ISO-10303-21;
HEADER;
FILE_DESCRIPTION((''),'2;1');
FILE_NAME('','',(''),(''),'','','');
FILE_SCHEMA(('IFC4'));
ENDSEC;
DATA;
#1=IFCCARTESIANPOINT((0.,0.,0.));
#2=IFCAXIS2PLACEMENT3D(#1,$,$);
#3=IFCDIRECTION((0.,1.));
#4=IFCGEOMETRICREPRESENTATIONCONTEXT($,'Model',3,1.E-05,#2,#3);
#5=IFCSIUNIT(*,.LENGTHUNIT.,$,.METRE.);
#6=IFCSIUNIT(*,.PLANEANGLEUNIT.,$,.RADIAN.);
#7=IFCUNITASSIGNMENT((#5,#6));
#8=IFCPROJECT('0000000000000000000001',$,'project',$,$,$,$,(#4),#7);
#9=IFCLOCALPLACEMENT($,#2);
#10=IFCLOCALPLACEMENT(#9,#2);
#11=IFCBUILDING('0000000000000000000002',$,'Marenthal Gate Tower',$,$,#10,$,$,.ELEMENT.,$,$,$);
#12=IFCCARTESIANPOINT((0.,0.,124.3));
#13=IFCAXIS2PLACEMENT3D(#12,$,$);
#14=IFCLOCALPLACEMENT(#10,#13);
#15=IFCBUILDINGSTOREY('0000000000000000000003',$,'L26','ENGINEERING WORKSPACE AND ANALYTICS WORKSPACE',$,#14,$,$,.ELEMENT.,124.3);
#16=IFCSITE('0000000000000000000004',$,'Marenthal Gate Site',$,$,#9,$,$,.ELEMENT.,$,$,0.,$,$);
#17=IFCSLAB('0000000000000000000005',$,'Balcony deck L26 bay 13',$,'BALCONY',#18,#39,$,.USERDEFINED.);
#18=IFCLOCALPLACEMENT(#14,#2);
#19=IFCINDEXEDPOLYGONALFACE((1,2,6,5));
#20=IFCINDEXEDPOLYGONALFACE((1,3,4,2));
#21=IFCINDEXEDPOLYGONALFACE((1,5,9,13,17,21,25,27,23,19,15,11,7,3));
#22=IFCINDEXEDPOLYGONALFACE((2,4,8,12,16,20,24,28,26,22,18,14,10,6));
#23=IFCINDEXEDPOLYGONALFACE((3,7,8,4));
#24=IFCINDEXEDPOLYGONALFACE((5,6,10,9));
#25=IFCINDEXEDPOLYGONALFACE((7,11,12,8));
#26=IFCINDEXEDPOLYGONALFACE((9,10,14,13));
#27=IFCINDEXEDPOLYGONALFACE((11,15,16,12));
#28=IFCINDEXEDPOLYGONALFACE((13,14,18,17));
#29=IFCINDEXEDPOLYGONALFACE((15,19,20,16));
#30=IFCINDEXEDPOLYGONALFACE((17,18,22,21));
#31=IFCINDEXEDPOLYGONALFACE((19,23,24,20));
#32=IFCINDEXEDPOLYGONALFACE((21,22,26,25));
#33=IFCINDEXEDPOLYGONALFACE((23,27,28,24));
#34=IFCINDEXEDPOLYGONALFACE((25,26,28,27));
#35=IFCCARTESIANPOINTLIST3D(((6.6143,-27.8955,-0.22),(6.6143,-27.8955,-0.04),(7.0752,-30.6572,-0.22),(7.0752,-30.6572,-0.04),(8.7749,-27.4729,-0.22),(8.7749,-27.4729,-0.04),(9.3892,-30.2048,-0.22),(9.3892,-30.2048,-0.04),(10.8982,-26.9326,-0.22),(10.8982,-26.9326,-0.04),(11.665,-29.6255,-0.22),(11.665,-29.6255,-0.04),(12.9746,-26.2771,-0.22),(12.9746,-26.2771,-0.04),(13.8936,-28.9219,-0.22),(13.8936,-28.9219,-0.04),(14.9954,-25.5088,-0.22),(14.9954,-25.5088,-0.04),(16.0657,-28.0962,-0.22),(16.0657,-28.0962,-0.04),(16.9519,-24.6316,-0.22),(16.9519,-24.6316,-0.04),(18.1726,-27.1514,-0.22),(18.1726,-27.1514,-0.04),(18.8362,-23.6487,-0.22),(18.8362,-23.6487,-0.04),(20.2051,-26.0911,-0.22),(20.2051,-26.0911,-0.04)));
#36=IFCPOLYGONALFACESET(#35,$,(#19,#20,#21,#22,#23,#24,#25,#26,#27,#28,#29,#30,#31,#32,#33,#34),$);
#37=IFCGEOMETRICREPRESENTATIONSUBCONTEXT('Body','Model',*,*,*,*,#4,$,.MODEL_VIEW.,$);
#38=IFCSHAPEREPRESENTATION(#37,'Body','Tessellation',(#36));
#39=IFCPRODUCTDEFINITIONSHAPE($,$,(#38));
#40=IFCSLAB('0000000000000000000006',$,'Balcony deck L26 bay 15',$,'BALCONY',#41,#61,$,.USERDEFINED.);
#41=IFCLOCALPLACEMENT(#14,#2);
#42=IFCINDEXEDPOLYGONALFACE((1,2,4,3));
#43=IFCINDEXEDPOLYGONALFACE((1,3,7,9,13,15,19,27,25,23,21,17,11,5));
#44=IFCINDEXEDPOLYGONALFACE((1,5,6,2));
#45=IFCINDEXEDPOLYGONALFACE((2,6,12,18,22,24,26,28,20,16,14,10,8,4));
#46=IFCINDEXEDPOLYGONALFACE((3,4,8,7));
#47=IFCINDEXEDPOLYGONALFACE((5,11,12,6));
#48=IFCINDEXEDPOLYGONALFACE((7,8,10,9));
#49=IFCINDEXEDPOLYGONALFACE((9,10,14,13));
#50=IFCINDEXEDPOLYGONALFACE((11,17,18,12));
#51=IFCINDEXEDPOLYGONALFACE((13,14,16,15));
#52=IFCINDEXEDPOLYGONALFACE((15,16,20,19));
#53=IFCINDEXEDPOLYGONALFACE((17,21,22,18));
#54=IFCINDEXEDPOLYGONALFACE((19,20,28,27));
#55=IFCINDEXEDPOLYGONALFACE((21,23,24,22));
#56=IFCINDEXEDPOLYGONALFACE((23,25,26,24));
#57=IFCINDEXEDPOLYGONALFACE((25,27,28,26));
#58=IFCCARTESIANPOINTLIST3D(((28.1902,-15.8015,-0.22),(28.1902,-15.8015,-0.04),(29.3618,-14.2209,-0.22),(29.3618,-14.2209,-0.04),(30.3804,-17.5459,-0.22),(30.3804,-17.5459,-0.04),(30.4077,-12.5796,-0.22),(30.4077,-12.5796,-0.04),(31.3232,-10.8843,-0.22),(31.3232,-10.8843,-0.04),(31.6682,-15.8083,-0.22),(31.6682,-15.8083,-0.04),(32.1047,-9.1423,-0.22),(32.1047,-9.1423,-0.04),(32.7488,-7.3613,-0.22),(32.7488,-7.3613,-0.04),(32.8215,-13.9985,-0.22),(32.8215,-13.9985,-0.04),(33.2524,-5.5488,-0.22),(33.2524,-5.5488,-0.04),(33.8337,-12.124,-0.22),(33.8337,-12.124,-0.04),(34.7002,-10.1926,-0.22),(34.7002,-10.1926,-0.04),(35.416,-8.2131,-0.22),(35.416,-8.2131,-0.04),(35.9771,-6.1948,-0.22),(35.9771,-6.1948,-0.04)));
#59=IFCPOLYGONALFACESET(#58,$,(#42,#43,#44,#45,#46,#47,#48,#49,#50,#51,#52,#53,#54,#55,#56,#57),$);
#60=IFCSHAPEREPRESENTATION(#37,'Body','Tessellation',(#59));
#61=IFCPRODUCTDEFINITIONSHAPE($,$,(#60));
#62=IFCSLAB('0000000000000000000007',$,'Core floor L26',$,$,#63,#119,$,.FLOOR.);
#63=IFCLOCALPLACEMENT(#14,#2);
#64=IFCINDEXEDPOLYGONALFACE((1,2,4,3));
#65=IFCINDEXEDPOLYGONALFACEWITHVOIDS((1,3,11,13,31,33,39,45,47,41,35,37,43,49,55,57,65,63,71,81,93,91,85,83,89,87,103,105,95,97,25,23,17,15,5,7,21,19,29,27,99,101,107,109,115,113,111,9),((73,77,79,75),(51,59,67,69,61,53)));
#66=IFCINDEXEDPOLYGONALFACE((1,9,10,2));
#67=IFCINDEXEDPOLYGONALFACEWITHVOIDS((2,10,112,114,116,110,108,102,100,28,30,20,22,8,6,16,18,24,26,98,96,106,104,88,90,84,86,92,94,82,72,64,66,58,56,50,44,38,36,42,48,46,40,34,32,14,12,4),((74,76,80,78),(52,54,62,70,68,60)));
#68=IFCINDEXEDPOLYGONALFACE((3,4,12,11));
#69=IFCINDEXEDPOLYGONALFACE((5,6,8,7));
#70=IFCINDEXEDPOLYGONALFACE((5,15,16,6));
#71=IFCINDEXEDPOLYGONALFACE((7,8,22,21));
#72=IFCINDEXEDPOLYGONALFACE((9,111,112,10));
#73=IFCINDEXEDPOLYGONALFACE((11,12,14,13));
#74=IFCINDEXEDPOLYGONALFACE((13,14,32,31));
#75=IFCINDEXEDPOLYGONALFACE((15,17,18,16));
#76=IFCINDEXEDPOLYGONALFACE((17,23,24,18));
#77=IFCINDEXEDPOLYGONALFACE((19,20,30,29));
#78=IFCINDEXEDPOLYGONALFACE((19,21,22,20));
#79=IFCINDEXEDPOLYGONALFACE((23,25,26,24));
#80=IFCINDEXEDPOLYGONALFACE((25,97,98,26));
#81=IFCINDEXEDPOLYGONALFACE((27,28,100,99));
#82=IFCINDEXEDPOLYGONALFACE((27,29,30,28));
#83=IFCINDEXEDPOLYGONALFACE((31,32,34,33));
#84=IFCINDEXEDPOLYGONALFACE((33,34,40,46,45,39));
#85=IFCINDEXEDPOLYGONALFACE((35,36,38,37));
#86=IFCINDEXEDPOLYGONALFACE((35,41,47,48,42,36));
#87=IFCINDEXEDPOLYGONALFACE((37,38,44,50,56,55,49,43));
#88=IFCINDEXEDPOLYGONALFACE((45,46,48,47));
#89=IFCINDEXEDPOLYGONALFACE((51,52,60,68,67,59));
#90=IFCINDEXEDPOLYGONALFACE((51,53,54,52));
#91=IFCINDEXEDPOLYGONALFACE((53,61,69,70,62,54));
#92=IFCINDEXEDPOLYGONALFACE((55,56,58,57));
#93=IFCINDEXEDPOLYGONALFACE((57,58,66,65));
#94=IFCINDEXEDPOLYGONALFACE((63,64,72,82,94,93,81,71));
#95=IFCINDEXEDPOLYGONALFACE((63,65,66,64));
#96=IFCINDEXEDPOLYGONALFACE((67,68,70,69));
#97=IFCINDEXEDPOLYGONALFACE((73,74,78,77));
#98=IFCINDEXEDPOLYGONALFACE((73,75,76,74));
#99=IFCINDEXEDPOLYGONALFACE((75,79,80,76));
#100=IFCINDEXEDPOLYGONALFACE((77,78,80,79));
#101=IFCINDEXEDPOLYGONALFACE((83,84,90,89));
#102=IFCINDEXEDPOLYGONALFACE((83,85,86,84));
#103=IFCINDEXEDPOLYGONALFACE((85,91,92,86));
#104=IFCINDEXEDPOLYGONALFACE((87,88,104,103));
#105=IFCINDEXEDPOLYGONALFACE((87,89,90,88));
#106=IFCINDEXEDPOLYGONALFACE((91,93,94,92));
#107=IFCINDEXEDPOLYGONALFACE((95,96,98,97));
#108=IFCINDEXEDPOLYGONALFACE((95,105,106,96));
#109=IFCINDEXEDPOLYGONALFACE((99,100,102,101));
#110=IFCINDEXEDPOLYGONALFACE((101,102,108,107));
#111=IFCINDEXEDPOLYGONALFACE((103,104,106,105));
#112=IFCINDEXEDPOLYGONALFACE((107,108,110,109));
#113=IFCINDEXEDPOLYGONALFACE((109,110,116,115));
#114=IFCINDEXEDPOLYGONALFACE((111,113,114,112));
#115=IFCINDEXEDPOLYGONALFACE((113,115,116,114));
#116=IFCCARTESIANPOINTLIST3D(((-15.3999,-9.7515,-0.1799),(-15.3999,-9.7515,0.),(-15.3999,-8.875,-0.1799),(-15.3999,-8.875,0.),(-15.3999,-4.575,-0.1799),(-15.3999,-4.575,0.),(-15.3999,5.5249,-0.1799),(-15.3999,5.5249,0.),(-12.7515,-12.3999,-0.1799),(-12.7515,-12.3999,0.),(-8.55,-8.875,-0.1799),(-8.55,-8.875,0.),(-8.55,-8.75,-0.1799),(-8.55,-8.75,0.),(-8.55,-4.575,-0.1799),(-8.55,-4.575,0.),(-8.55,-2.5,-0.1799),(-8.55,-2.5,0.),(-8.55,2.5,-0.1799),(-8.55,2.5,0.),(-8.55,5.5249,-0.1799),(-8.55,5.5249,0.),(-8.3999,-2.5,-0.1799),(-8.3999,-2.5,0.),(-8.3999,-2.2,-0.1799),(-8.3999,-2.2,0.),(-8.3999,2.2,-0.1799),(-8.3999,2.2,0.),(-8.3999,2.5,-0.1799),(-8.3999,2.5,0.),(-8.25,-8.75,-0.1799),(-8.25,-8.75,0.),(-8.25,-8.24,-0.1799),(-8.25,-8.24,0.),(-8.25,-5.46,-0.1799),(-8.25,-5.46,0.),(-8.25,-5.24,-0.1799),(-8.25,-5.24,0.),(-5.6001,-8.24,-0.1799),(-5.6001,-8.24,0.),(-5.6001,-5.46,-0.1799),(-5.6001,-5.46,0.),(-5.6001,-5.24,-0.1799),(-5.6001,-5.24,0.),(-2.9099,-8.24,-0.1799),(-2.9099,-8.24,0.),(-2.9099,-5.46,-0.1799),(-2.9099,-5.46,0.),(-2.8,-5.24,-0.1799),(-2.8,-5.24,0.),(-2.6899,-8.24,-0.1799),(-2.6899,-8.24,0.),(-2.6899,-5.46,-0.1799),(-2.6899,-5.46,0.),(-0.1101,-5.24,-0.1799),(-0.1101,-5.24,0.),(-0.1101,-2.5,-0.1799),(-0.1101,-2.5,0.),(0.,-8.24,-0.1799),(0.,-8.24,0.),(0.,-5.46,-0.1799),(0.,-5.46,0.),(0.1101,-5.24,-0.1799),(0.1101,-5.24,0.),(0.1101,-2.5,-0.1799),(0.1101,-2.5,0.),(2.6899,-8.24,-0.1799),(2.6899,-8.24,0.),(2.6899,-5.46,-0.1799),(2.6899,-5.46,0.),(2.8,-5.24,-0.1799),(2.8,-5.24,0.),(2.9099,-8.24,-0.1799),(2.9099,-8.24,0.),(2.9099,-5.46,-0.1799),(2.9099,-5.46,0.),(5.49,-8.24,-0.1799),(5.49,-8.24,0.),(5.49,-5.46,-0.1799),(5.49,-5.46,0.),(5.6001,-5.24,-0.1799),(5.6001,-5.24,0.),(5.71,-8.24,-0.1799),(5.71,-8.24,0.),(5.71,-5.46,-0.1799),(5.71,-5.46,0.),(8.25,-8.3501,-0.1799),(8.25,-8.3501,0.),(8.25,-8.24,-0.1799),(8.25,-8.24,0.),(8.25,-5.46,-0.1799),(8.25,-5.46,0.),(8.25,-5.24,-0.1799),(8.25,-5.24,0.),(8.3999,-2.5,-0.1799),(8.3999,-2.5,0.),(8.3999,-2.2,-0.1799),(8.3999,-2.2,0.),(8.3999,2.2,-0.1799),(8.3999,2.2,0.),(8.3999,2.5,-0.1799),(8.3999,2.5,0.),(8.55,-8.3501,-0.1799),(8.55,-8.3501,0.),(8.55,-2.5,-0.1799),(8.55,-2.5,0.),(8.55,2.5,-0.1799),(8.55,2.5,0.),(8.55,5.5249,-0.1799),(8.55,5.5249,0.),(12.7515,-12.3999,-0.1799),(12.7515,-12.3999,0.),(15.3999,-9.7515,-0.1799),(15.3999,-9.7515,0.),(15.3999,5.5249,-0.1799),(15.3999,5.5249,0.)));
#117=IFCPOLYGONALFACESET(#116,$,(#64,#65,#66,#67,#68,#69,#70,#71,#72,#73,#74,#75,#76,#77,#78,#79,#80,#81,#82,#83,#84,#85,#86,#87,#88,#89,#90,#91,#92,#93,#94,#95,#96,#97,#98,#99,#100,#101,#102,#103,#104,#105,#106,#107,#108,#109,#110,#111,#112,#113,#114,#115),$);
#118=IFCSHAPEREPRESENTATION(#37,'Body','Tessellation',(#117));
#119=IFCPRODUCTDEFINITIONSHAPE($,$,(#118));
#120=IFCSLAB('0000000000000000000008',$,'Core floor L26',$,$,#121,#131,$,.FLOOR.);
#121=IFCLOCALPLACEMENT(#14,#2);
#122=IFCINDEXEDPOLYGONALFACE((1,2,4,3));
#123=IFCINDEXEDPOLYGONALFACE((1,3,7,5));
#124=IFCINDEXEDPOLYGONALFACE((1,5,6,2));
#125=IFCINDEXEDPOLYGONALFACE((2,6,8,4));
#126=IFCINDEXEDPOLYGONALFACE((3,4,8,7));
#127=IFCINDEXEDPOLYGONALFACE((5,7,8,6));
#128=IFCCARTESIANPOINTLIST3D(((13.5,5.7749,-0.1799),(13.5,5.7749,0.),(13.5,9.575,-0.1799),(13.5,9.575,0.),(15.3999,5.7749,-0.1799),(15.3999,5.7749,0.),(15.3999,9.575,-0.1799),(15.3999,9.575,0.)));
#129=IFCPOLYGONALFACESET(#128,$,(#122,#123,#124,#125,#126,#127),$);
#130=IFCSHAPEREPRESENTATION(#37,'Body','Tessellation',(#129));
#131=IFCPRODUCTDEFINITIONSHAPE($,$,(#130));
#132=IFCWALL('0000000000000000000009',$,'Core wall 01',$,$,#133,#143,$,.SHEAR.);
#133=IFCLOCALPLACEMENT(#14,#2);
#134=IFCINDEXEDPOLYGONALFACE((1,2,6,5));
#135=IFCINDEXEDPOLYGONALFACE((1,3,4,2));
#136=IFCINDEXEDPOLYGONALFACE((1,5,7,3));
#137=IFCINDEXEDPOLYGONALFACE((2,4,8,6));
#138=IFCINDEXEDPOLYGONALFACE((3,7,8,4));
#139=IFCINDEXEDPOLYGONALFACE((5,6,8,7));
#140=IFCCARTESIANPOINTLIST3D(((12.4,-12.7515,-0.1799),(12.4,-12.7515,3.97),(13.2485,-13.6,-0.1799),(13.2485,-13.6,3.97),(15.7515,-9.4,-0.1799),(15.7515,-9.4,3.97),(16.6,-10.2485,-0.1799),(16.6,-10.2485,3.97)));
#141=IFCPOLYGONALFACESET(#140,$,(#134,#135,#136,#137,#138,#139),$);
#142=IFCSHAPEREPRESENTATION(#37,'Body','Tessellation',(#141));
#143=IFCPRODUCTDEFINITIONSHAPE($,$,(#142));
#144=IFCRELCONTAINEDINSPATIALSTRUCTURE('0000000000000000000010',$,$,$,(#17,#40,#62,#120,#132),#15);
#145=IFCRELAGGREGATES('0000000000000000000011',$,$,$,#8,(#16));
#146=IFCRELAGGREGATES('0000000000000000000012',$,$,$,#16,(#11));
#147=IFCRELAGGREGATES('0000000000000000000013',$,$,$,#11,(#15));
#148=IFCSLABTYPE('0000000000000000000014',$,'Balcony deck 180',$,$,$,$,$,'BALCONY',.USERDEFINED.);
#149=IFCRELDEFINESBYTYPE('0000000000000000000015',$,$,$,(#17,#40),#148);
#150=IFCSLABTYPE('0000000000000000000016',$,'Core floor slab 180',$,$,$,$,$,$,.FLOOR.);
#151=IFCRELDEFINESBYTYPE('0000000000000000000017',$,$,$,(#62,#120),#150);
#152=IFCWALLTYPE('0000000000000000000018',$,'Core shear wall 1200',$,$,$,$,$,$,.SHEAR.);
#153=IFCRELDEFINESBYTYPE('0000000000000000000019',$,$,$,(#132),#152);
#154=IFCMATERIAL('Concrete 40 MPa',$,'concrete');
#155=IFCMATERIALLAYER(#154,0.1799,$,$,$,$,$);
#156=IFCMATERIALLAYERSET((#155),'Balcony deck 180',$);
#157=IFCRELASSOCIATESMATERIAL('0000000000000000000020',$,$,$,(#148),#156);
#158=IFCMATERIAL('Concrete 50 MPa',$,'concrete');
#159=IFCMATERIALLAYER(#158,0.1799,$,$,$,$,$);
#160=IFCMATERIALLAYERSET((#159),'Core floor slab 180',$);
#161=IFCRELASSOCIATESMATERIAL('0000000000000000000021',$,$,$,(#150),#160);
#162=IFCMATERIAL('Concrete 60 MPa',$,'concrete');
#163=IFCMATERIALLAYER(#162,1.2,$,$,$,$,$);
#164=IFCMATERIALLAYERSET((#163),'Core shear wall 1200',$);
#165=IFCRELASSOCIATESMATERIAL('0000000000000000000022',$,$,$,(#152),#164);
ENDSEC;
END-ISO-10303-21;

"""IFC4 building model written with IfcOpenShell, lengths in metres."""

from ifc_helpers import new_model, si_unit, direction, frame, frame_2d, origin, place, context, subcontext, project, spatial, polyline, rectangle, outline, extrude, material, layer, layer_set, type_object, element, save


model = new_model("IFC4")

# Units and contexts
model_context = context("Model", 3, precision=1e-05, world=origin(), true_north=direction((0.0, 1.0)))
body_context = subcontext(model_context, "Body", "Model", "MODEL_VIEW")
ifc_project = project(units=[si_unit("LENGTHUNIT", "METRE"), si_unit("PLANEANGLEUNIT", "RADIAN")], contexts=[model_context])

# Site, building, storey
site_placement = place(None, origin())
site = spatial("IfcSite", under=ifc_project, at=site_placement, Name="Marenthal Gate Site", CompositionType="ELEMENT", RefElevation=0.0)
building_placement = place(site_placement, origin())
building = spatial("IfcBuilding", under=site, at=building_placement, Name="Marenthal Gate Tower", CompositionType="ELEMENT")
storey_placement = place(building_placement, frame((0.0, 0.0, 124.3)))
storey = spatial("IfcBuildingStorey", under=building, at=storey_placement, Name="L26", Description="ENGINEERING WORKSPACE AND ANALYTICS WORKSPACE", CompositionType="ELEMENT", Elevation=124.3)

# Slabs
ifc_material_1 = material(Name="Concrete 40 MPa", Category="concrete")
ifc_layer_1 = layer(ifc_material_1, 0.1799)
ifc_layer_set_1 = layer_set([ifc_layer_1], Name="Balcony deck 180")
slab_type_1 = type_object("IfcSlabType", Name="Balcony deck 180", ElementType="BALCONY", PredefinedType="USERDEFINED", material=ifc_layer_set_1)
slab_1_placement = place(storey_placement, frame((0.0, 0.0, -0.22)))
element("IfcSlab", 1, at=slab_1_placement, inside=storey, type_object=slab_type_1, Name="Balcony deck L26 bay 13", ObjectType="BALCONY", PredefinedType="USERDEFINED", context=body_context, shape_type="SweptSolid", body=[
    extrude(outline(polyline([(6.6143, -27.8955), (8.7749, -27.4729), (10.8982, -26.9326), (12.9746, -26.2771), (14.9954, -25.5088), (16.9519, -24.6316), (18.8362, -23.6487), (20.2051, -26.0911), (18.1726, -27.1514), (16.0657, -28.0962), (13.8936, -28.9219), (11.665, -29.6255), (9.3892, -30.2048), (7.0752, -30.6572), (6.6143, -27.8955)])), origin(), (0.0, 0.0, 1.0), 0.1799),
])
slab_2_placement = place(storey_placement, frame((0.0, 0.0, -0.22)))
element("IfcSlab", 2, at=slab_2_placement, inside=storey, type_object=slab_type_1, Name="Balcony deck L26 bay 15", ObjectType="BALCONY", PredefinedType="USERDEFINED", context=body_context, shape_type="SweptSolid", body=[
    extrude(outline(polyline([(28.1902, -15.8015), (29.3618, -14.2209), (30.4077, -12.5796), (31.3232, -10.8843), (32.1047, -9.1423), (32.7488, -7.3613), (33.2524, -5.5488), (35.9771, -6.1948), (35.416, -8.2131), (34.7002, -10.1926), (33.8337, -12.124), (32.8215, -13.9985), (31.6682, -15.8083), (30.3804, -17.5459), (28.1902, -15.8015)])), origin(), (0.0, 0.0, 1.0), 0.1799),
])
ifc_material_2 = material(Name="Concrete 50 MPa", Category="concrete")
ifc_layer_2 = layer(ifc_material_2, 0.1799)
ifc_layer_set_2 = layer_set([ifc_layer_2], Name="Core floor slab 180")
slab_type_2 = type_object("IfcSlabType", Name="Core floor slab 180", PredefinedType="FLOOR", material=ifc_layer_set_2)
slab_3_placement = place(storey_placement, frame((0.0, 0.0, -0.1799)))
element("IfcSlab", 3, at=slab_3_placement, inside=storey, type_object=slab_type_2, Name="Core floor L26", PredefinedType="FLOOR", context=body_context, shape_type="SweptSolid", body=[
    extrude(outline(polyline([(15.3999, -9.7515), (12.7515, -12.3999), (-12.7515, -12.3999), (-15.3999, -9.7515), (-15.3999, -8.875), (-8.55, -8.875), (-8.55, -8.75), (-8.25, -8.75), (-8.25, -8.24), (-5.6001, -8.24), (-2.9099, -8.24), (-2.9099, -5.46), (-5.6001, -5.46), (-8.25, -5.46), (-8.25, -5.24), (-5.6001, -5.24), (-2.8, -5.24), (-0.1101, -5.24), (-0.1101, -2.5), (0.1101, -2.5), (0.1101, -5.24), (2.8, -5.24), (5.6001, -5.24), (8.25, -5.24), (8.25, -5.46), (5.71, -5.46), (5.71, -8.24), (8.25, -8.24), (8.25, -8.3501), (8.55, -8.3501), (8.55, -2.5), (8.3999, -2.5), (8.3999, -2.2), (-8.3999, -2.2), (-8.3999, -2.5), (-8.55, -2.5), (-8.55, -4.575), (-15.3999, -4.575), (-15.3999, 5.5249), (-8.55, 5.5249), (-8.55, 2.5), (-8.3999, 2.5), (-8.3999, 2.2), (8.3999, 2.2), (8.3999, 2.5), (8.55, 2.5), (8.55, 5.5249), (15.3999, 5.5249), (15.3999, -9.7515)]), holes=[polyline([(2.6899, -5.46), (0.0, -5.46), (-2.6899, -5.46), (-2.6899, -8.24), (0.0, -8.24), (2.6899, -8.24), (2.6899, -5.46)]), polyline([(5.49, -5.46), (2.9099, -5.46), (2.9099, -8.24), (5.49, -8.24), (5.49, -5.46)])]), origin(), (0.0, 0.0, 1.0), 0.1799),
])
slab_4_placement = place(storey_placement, frame((0.0, 0.0, -0.1799)))
element("IfcSlab", 4, at=slab_4_placement, inside=storey, type_object=slab_type_2, Name="Core floor L26", PredefinedType="FLOOR", context=body_context, shape_type="SweptSolid", body=[
    extrude(outline(polyline([(15.3999, 5.7749), (13.5, 5.7749), (13.5, 9.575), (15.3999, 9.575), (15.3999, 5.7749)])), origin(), (0.0, 0.0, 1.0), 0.1799),
])

# Wall
ifc_material_3 = material(Name="Concrete 60 MPa", Category="concrete")
ifc_layer_3 = layer(ifc_material_3, 1.2)
ifc_layer_set_3 = layer_set([ifc_layer_3], Name="Core shear wall 1200")
wall_type_1 = type_object("IfcWallType", Name="Core shear wall 1200", PredefinedType="SHEAR", material=ifc_layer_set_3)
wall_1_placement = place(storey_placement, frame((12.8242, -13.1758, -0.1799), z_axis=(0.0, 0.0, 1.0), x_axis=(0.707107, 0.707107, 0.0)))
element("IfcWall", 5, at=wall_1_placement, inside=storey, type_object=wall_type_1, Name="Core wall 01", PredefinedType="SHEAR", context=body_context, shape_type="SweptSolid", body=[
    extrude(rectangle(XDim=4.7397, YDim=1.2, at=frame_2d((2.3699, 0.0))), origin(), (0.0, 0.0, 1.0), 4.1499),
])

save(model, "model.ifc")
